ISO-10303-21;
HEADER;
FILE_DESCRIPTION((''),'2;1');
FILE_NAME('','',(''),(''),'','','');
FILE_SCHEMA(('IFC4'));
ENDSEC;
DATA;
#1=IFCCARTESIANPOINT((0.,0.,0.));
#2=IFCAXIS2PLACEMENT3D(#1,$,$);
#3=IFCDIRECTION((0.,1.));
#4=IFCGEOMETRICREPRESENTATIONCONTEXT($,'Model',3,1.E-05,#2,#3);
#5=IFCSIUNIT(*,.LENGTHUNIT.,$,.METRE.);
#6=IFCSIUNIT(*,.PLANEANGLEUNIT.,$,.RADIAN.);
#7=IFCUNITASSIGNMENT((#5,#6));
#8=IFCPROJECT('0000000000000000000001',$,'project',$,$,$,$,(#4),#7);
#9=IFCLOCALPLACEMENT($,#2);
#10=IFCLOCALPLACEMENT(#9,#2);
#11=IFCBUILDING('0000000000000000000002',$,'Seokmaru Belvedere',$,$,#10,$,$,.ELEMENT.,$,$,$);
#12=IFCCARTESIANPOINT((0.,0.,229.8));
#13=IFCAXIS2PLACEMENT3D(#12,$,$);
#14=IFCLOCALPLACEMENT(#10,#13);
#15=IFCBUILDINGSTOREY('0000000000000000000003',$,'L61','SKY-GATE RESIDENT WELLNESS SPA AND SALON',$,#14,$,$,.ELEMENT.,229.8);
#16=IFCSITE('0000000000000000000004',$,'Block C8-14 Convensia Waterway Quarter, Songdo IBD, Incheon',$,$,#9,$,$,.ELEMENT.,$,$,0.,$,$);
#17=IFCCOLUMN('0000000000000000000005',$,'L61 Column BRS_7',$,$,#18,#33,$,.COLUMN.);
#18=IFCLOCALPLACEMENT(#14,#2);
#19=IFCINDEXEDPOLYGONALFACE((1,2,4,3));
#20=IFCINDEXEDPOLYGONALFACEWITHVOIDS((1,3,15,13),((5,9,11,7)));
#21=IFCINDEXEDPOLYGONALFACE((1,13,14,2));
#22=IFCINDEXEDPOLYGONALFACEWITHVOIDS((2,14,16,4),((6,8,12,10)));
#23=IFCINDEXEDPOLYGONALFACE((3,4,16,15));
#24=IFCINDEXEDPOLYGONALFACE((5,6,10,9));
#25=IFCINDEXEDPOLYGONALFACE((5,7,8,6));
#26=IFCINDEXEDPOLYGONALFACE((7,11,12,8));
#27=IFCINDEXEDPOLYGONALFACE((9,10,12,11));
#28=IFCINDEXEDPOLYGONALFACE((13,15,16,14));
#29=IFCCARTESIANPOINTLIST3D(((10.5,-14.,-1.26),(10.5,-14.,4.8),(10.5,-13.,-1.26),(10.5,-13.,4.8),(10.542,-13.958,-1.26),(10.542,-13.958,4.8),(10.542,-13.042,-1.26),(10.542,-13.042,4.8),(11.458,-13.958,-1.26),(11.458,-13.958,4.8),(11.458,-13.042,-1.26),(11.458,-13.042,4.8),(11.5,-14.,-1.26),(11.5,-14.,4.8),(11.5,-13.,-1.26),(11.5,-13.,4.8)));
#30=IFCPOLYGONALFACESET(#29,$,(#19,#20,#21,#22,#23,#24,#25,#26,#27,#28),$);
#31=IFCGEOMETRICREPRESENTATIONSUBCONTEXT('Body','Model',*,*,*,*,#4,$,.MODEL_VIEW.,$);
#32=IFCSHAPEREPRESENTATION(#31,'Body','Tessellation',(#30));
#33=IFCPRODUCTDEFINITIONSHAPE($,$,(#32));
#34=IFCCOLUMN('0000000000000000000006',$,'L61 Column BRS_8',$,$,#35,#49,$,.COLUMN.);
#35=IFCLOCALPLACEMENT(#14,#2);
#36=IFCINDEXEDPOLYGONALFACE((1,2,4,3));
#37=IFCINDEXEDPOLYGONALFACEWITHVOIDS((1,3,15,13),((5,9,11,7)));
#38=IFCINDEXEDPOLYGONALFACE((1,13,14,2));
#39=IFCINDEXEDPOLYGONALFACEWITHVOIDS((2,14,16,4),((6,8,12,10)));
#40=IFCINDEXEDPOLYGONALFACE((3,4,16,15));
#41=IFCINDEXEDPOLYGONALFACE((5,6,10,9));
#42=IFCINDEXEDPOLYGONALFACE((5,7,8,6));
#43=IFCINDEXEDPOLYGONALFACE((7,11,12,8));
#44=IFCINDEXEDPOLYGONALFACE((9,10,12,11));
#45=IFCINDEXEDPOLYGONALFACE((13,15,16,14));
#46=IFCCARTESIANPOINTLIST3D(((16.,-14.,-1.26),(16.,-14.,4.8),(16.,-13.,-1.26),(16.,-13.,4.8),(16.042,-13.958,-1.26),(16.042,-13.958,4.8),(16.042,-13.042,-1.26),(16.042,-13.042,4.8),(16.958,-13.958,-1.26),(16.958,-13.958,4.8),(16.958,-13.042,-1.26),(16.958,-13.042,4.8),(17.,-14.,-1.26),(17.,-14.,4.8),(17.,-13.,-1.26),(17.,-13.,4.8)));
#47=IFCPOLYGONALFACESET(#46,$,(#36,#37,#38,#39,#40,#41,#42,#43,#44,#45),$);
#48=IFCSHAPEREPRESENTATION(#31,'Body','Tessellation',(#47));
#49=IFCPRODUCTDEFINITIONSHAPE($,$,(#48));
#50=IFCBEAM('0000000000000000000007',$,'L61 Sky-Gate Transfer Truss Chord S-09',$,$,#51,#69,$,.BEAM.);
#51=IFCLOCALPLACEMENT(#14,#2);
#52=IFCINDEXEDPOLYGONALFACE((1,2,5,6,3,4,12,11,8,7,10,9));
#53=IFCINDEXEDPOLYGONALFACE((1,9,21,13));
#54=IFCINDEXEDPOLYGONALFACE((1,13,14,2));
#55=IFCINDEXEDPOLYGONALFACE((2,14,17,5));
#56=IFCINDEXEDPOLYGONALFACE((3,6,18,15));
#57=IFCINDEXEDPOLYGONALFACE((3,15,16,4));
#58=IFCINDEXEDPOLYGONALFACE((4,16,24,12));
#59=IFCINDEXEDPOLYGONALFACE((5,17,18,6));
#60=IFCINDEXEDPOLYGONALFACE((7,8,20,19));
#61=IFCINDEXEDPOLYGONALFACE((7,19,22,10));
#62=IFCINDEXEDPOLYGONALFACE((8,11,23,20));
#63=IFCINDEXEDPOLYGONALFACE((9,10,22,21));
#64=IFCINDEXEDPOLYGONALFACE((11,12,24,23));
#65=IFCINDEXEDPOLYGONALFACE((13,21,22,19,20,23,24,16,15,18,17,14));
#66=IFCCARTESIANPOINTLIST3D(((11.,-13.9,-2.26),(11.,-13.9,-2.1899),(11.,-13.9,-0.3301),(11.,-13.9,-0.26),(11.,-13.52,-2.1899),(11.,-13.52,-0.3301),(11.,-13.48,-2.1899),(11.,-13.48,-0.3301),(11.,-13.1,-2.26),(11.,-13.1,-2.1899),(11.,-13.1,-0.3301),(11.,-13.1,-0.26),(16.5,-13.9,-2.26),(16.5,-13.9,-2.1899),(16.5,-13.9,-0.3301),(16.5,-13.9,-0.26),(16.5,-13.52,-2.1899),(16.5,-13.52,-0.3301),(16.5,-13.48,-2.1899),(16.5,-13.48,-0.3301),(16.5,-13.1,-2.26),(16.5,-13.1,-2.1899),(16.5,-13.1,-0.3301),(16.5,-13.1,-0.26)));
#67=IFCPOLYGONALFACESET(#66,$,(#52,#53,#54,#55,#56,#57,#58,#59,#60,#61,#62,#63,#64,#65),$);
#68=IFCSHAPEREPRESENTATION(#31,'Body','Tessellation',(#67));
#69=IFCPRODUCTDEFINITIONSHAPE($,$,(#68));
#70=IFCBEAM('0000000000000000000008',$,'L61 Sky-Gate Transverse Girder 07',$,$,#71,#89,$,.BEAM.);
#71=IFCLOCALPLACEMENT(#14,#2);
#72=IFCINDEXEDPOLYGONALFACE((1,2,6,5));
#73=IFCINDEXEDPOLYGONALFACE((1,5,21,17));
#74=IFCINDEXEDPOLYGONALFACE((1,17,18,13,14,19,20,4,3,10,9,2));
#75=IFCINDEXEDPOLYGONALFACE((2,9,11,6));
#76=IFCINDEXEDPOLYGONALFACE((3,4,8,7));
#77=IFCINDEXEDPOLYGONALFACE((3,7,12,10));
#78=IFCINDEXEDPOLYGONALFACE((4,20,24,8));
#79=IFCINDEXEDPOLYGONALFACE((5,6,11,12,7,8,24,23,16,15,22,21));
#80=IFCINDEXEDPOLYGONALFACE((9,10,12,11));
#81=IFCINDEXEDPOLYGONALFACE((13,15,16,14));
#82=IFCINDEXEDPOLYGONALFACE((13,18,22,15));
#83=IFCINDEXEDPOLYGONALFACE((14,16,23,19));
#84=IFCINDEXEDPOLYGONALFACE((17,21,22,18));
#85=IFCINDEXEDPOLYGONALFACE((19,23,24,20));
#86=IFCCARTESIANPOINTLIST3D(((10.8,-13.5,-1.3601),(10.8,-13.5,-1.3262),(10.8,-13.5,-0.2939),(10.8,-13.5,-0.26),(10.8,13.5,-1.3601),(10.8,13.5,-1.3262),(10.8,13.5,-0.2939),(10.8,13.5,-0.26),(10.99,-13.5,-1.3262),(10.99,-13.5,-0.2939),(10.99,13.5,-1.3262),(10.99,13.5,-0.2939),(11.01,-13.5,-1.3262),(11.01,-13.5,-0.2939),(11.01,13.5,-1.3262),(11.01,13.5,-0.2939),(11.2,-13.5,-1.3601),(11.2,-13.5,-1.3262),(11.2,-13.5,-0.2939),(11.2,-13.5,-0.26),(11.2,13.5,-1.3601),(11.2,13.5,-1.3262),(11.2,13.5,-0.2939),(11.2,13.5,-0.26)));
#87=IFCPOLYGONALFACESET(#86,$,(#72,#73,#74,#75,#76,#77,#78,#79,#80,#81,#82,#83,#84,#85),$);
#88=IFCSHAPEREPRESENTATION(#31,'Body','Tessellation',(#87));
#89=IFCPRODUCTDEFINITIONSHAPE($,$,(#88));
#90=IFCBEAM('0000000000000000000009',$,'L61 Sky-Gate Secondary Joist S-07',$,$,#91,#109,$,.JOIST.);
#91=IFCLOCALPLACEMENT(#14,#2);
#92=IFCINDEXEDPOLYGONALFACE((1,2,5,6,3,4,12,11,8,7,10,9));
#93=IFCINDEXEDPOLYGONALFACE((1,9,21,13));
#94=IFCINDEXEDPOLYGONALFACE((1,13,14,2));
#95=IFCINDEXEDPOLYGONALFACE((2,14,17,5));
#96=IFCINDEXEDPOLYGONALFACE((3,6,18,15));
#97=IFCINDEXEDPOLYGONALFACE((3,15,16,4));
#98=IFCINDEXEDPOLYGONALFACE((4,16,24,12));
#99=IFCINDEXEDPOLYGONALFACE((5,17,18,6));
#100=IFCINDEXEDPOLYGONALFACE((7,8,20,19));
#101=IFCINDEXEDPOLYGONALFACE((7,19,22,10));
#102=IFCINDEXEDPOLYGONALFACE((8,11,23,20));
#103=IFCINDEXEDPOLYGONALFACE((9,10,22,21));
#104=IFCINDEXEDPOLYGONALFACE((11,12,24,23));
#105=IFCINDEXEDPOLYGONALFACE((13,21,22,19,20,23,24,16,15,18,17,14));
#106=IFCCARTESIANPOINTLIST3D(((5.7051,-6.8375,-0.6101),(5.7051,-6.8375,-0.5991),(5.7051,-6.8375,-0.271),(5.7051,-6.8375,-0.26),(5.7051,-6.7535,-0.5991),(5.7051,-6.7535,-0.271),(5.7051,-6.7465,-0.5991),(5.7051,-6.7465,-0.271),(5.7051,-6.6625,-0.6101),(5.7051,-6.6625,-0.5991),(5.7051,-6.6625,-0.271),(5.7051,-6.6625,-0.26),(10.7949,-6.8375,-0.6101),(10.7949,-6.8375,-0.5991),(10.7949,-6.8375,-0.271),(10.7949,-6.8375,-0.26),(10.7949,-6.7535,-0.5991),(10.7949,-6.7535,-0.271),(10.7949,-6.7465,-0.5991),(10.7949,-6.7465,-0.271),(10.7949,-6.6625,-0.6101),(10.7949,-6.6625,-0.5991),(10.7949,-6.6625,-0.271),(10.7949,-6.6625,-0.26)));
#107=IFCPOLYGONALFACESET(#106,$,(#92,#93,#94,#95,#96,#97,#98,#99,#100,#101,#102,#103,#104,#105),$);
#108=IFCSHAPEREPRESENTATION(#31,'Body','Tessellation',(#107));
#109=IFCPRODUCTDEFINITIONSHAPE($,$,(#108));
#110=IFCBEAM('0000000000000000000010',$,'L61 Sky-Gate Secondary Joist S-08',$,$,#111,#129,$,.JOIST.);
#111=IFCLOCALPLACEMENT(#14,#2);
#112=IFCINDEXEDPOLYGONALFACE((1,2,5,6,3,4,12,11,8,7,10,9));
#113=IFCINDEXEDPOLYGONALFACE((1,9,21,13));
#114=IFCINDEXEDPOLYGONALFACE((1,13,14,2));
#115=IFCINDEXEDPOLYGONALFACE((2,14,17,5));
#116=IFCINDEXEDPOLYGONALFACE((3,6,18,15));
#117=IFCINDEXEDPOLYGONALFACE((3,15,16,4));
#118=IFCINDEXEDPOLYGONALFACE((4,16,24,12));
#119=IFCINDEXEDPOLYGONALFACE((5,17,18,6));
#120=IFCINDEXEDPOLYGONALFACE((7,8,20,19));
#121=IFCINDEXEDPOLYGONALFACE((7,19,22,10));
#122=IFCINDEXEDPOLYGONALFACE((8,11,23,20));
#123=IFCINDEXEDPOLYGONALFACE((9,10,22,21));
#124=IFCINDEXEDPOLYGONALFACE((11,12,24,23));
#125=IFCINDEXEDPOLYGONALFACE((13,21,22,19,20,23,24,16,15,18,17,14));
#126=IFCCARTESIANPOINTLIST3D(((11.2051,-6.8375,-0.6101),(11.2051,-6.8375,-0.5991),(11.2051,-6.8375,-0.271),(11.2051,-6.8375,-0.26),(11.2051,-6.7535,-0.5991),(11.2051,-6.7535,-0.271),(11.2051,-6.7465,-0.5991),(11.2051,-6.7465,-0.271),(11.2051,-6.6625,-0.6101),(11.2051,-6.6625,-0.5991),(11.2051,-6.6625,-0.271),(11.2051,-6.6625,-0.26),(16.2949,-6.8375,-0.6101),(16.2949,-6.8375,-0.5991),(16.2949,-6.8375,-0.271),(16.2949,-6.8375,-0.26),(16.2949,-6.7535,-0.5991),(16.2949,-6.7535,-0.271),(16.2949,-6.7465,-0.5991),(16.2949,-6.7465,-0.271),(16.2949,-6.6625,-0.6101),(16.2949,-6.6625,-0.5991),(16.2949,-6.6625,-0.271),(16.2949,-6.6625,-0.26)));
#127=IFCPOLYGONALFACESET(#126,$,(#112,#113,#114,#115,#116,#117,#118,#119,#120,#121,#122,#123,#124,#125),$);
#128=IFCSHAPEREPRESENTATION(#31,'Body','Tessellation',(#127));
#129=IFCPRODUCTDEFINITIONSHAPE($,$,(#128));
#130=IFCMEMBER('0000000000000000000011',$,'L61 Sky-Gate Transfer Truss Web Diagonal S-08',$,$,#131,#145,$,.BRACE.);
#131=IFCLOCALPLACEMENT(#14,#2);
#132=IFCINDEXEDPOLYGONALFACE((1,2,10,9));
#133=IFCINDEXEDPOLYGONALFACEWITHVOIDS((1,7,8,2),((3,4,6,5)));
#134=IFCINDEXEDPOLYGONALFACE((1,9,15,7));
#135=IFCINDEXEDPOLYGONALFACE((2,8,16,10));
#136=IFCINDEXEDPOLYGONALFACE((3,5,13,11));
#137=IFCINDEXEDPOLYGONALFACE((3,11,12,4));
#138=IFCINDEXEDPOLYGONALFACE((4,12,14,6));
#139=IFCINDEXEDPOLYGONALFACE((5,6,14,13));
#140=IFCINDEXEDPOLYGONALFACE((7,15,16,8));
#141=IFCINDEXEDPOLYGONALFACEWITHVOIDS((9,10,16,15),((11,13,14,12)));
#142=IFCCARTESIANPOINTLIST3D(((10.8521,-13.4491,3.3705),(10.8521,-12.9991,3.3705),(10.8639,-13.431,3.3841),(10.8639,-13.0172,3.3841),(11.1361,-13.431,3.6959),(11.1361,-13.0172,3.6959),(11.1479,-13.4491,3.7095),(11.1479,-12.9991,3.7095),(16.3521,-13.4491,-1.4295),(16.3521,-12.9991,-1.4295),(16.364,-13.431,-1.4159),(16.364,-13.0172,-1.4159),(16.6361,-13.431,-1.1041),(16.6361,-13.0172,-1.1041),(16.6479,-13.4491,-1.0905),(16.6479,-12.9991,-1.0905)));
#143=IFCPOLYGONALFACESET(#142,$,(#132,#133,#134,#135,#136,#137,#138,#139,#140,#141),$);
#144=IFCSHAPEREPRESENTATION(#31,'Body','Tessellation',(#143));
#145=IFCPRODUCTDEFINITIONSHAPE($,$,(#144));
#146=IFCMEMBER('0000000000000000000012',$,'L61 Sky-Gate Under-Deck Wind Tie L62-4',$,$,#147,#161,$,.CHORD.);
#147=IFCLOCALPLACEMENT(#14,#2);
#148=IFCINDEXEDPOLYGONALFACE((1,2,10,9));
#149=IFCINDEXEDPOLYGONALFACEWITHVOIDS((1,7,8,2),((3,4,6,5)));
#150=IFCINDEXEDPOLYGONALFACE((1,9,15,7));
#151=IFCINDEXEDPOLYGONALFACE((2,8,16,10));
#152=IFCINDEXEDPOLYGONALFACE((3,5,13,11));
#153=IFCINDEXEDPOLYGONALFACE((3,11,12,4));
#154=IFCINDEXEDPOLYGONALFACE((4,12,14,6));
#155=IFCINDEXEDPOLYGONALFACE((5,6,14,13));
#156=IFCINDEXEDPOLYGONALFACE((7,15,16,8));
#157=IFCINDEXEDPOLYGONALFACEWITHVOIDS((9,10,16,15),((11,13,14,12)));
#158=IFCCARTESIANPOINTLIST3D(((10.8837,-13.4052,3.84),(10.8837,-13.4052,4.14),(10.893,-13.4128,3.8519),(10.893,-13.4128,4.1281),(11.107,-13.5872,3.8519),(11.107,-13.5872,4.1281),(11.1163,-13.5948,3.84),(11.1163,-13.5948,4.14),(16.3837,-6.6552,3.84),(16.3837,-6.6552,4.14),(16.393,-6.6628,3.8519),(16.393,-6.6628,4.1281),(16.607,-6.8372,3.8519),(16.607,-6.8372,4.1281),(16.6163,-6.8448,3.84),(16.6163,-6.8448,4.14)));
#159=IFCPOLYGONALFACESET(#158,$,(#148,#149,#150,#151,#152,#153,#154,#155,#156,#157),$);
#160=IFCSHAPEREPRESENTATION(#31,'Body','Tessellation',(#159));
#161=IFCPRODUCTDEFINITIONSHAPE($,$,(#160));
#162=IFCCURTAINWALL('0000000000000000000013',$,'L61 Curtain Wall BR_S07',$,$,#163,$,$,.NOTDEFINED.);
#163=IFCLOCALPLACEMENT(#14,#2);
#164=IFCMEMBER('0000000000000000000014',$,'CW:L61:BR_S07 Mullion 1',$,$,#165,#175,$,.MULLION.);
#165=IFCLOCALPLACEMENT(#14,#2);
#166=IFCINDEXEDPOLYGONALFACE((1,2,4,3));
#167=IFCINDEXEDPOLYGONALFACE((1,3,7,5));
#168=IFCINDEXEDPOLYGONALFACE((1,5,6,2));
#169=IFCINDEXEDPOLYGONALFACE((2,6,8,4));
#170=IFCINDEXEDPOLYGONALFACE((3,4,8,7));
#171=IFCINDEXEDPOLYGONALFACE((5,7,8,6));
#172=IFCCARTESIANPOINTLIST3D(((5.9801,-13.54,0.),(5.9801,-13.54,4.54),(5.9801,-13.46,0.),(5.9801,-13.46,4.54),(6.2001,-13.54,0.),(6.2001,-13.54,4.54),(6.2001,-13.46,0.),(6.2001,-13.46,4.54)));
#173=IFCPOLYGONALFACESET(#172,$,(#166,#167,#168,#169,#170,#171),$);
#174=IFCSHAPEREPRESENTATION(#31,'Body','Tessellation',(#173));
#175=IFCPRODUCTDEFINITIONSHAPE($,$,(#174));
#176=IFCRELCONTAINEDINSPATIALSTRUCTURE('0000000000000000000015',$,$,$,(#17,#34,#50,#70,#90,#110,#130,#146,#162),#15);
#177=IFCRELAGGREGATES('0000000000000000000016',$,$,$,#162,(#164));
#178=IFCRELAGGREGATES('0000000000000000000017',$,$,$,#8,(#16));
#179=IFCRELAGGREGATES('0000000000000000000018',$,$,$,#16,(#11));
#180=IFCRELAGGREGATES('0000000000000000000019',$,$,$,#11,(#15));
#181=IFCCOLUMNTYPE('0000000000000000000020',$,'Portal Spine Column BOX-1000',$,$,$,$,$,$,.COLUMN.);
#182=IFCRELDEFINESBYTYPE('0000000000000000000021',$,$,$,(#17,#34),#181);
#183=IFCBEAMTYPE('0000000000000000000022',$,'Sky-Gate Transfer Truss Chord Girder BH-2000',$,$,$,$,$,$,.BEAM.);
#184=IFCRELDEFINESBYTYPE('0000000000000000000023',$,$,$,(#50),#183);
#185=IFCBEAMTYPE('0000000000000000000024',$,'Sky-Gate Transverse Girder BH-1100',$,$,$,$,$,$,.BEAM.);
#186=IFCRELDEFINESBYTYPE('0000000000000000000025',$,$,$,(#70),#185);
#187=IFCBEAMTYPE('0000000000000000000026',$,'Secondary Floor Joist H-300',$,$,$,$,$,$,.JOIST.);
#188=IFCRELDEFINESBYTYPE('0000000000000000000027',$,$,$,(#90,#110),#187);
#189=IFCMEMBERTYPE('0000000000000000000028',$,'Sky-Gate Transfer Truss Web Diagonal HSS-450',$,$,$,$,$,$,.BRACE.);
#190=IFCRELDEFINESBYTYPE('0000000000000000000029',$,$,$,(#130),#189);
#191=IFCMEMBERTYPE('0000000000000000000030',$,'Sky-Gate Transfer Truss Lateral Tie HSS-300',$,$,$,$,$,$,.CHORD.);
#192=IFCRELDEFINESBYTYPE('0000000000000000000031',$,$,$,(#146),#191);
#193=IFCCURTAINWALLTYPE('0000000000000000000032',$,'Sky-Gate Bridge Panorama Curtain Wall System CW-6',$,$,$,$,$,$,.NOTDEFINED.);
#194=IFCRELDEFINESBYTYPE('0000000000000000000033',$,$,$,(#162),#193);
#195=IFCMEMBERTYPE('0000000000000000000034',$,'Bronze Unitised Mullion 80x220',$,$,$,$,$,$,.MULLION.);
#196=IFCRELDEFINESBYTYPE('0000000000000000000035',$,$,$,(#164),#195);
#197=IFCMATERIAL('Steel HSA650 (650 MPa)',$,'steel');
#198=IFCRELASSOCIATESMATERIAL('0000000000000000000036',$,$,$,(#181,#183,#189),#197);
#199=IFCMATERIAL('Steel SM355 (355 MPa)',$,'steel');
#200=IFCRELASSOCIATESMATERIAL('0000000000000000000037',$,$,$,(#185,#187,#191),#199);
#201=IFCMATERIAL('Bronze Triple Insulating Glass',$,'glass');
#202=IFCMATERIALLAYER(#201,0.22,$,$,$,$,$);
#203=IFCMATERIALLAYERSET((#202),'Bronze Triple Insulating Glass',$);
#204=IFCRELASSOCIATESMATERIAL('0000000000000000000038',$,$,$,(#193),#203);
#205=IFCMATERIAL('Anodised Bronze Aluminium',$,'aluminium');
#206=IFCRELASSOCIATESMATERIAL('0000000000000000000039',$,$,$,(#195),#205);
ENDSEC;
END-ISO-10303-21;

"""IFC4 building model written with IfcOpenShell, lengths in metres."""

from ifc_helpers import new_model, si_unit, direction, frame, origin, origin_2d, place, context, subcontext, project, spatial, rectangle, hollow_rectangle, i_section, extrude, source, transform, mapped, material, layer, layer_set, material_profile, profile_set, type_object, type_shapes, element, aggregate, save


model = new_model("IFC4")

# Units and contexts
model_context = context("Model", 3, precision=1e-05, world=origin(), true_north=direction((0.0, 1.0)))
body_context = subcontext(model_context, "Body", "Model", "MODEL_VIEW")
ifc_project = project(units=[si_unit("LENGTHUNIT", "METRE"), si_unit("PLANEANGLEUNIT", "RADIAN")], contexts=[model_context])

# Site, building, storey
site_placement = place(None, origin())
site = spatial("IfcSite", under=ifc_project, at=site_placement, Name="Block C8-14 Convensia Waterway Quarter, Songdo IBD, Incheon", CompositionType="ELEMENT", RefElevation=0.0)
building_placement = place(site_placement, origin())
building = spatial("IfcBuilding", under=site, at=building_placement, Name="Seokmaru Belvedere", CompositionType="ELEMENT")
storey_placement = place(building_placement, frame((0.0, 0.0, 229.8)))
storey = spatial("IfcBuildingStorey", under=building, at=storey_placement, Name="L61", Description="SKY-GATE RESIDENT WELLNESS SPA AND SALON", CompositionType="ELEMENT", Elevation=229.8)

# Columns
ifc_material_1 = material(Name="Steel HSA650 (650 MPa)", Category="steel")
ifc_material_profile_1 = material_profile(ifc_material_1, hollow_rectangle(XDim=1.0, YDim=1.0, WallThickness=0.042, at=origin_2d()), Name="BOX-1000x1000x42")
ifc_profile_set_1 = profile_set([ifc_material_profile_1], Name="Steel HSA650 (650 MPa)")
column_type = type_object("IfcColumnType", Name="Portal Spine Column BOX-1000", PredefinedType="COLUMN", material=ifc_profile_set_1)
shared_shape_1 = source(origin(), body_context, "Body", "SweptSolid", [
    extrude(hollow_rectangle(XDim=1.0, YDim=1.0, WallThickness=0.042, at=origin_2d()), origin(), (0.0, 0.0, 1.0), 6.0601),
])
type_shapes(column_type, [shared_shape_1])
for number, where, z_axis, x_axis, name in (
    (1, (11.0, -13.5, -1.26), (0.0, 0.0, 1.0), (1.0, 0.0, 0.0), "L61 Column BRS_7"),
    (2, (16.5, -13.5, -1.26), (0.0, 0.0, 1.0), (1.0, 0.0, 0.0), "L61 Column BRS_8"),
):
    element("IfcColumn", number, at=place(storey_placement, frame(where, z_axis=z_axis, x_axis=x_axis)), inside=storey, type_object=column_type, Name=name, PredefinedType="COLUMN", context=body_context, shape_type="MappedRepresentation", body=[
        mapped(shared_shape_1, transform((0.0, 0.0, 0.0), scale=1.0)),
    ])

# Beams
ifc_material_profile_2 = material_profile(ifc_material_1, i_section(OverallWidth=0.8, OverallDepth=2.0, WebThickness=0.04, FlangeThickness=0.0701, at=origin_2d()), Name="BH-2000x800x40x70")
ifc_profile_set_2 = profile_set([ifc_material_profile_2], Name="Steel HSA650 (650 MPa)")
beam_type_1 = type_object("IfcBeamType", Name="Sky-Gate Transfer Truss Chord Girder BH-2000", PredefinedType="BEAM", material=ifc_profile_set_2)
shared_shape_2 = source(origin(), body_context, "Body", "SweptSolid", [
    extrude(i_section(OverallWidth=0.8, OverallDepth=2.0, WebThickness=0.04, FlangeThickness=0.0701, at=origin_2d()), origin(), (0.0, 0.0, 1.0), 5.5),
])
type_shapes(beam_type_1, [shared_shape_2])
beam_1_placement = place(storey_placement, frame((11.0, -13.5, -1.26), z_axis=(1.0, 0.0, 0.0), x_axis=(0.0, 1.0, 0.0)))
element("IfcBeam", 3, at=beam_1_placement, inside=storey, type_object=beam_type_1, Name="L61 Sky-Gate Transfer Truss Chord S-09", PredefinedType="BEAM", context=body_context, shape_type="MappedRepresentation", body=[
    mapped(shared_shape_2, transform((0.0, 0.0, 0.0), scale=1.0)),
])
ifc_material_2 = material(Name="Steel SM355 (355 MPa)", Category="steel")
ifc_material_profile_3 = material_profile(ifc_material_2, i_section(OverallWidth=0.3999, OverallDepth=1.1001, WebThickness=0.02, FlangeThickness=0.0339, at=origin_2d()), Name="BH-1100x400x20x34")
ifc_profile_set_3 = profile_set([ifc_material_profile_3], Name="Steel SM355 (355 MPa)")
beam_type_2 = type_object("IfcBeamType", Name="Sky-Gate Transverse Girder BH-1100", PredefinedType="BEAM", material=ifc_profile_set_3)
shared_shape_3 = source(origin(), body_context, "Body", "SweptSolid", [
    extrude(i_section(OverallWidth=0.3999, OverallDepth=1.1001, WebThickness=0.02, FlangeThickness=0.0339, at=origin_2d()), origin(), (0.0, 0.0, 1.0), 27.0),
])
type_shapes(beam_type_2, [shared_shape_3])
beam_2_placement = place(storey_placement, frame((11.0, -13.5, -0.8101), z_axis=(0.0, 1.0, 0.0), x_axis=(-1.0, 0.0, 0.0)))
element("IfcBeam", 4, at=beam_2_placement, inside=storey, type_object=beam_type_2, Name="L61 Sky-Gate Transverse Girder 07", PredefinedType="BEAM", context=body_context, shape_type="MappedRepresentation", body=[
    mapped(shared_shape_3, transform((0.0, 0.0, 0.0), scale=1.0)),
])
ifc_material_profile_4 = material_profile(ifc_material_2, i_section(OverallWidth=0.175, OverallDepth=0.3501, WebThickness=0.0071, FlangeThickness=0.011, at=origin_2d()), Name="H-350x175x7x11")
ifc_profile_set_4 = profile_set([ifc_material_profile_4], Name="Steel SM355 (355 MPa)")
beam_type_3 = type_object("IfcBeamType", Name="Secondary Floor Joist H-300", PredefinedType="JOIST", material=ifc_profile_set_4)
shared_shape_4 = source(origin(), body_context, "Body", "SweptSolid", [
    extrude(i_section(OverallWidth=0.175, OverallDepth=0.3501, WebThickness=0.0071, FlangeThickness=0.011, at=origin_2d()), origin(), (0.0, 0.0, 1.0), 5.0898),
])
type_shapes(beam_type_3, [shared_shape_4])
for number, where, z_axis, x_axis, name in (
    (5, (5.7051, -6.75, -0.4351), (1.0, 0.0, 0.0), (0.0, 1.0, 0.0), "L61 Sky-Gate Secondary Joist S-07"),
    (6, (11.2051, -6.75, -0.4351), (1.0, 0.0, 0.0), (0.0, 1.0, 0.0), "L61 Sky-Gate Secondary Joist S-08"),
):
    element("IfcBeam", number, at=place(storey_placement, frame(where, z_axis=z_axis, x_axis=x_axis)), inside=storey, type_object=beam_type_3, Name=name, PredefinedType="JOIST", context=body_context, shape_type="MappedRepresentation", body=[
        mapped(shared_shape_4, transform((0.0, 0.0, 0.0), scale=1.0)),
    ])

# Members
ifc_material_profile_5 = material_profile(ifc_material_1, hollow_rectangle(XDim=0.45, YDim=0.45, WallThickness=0.0181, at=origin_2d()), Name="HSS-450x450x18")
ifc_profile_set_5 = profile_set([ifc_material_profile_5], Name="Steel HSA650 (650 MPa)")
member_type_1 = type_object("IfcMemberType", Name="Sky-Gate Transfer Truss Web Diagonal HSS-450", PredefinedType="BRACE", material=ifc_profile_set_5)
shared_shape_5 = source(origin(), body_context, "Body", "SweptSolid", [
    extrude(hollow_rectangle(XDim=0.45, YDim=0.45, WallThickness=0.0181, at=origin_2d()), origin(), (0.0, 0.0, 1.0), 7.3),
])
type_shapes(member_type_1, [shared_shape_5])
member_1_placement = place(storey_placement, frame((11.0, -13.2241, 3.54), z_axis=(0.753421, 0.0, -0.657538), x_axis=(0.0, 1.0, 0.0)))
element("IfcMember", 7, at=member_1_placement, inside=storey, type_object=member_type_1, Name="L61 Sky-Gate Transfer Truss Web Diagonal S-08", PredefinedType="BRACE", context=body_context, shape_type="MappedRepresentation", body=[
    mapped(shared_shape_5, transform((0.0, 0.0, 0.0), scale=1.0)),
])
ifc_material_profile_6 = material_profile(ifc_material_2, hollow_rectangle(XDim=0.3, YDim=0.3, WallThickness=0.012, at=origin_2d()), Name="HSS-300x300x12")
ifc_profile_set_6 = profile_set([ifc_material_profile_6], Name="Steel SM355 (355 MPa)")
member_type_2 = type_object("IfcMemberType", Name="Sky-Gate Transfer Truss Lateral Tie HSS-300", PredefinedType="CHORD", material=ifc_profile_set_6)
shared_shape_6 = source(origin(), body_context, "Body", "SweptSolid", [
    extrude(hollow_rectangle(XDim=0.3, YDim=0.3, WallThickness=0.012, at=origin_2d()), origin(), (0.0, 0.0, 1.0), 8.707),
])
type_shapes(member_type_2, [shared_shape_6])
member_2_placement = place(storey_placement, frame((11.0, -13.5, 3.99), z_axis=(0.631673, 0.775235, 0.0), x_axis=(-0.775235, 0.631673, 0.0)))
element("IfcMember", 8, at=member_2_placement, inside=storey, type_object=member_type_2, Name="L61 Sky-Gate Under-Deck Wind Tie L62-4", PredefinedType="CHORD", context=body_context, shape_type="MappedRepresentation", body=[
    mapped(shared_shape_6, transform((0.0, 0.0, 0.0), scale=1.0)),
])

# Curtain wall, member
ifc_material_3 = material(Name="Bronze Triple Insulating Glass", Category="glass")
ifc_layer_1 = layer(ifc_material_3, 0.22)
ifc_layer_set_1 = layer_set([ifc_layer_1], Name="Bronze Triple Insulating Glass")
curtain_wall_type = type_object("IfcCurtainWallType", Name="Sky-Gate Bridge Panorama Curtain Wall System CW-6", PredefinedType="NOTDEFINED", material=ifc_layer_set_1)
curtain_wall_1_placement = place(storey_placement, origin())
curtain_wall_1 = element("IfcCurtainWall", 9, at=curtain_wall_1_placement, inside=storey, type_object=curtain_wall_type, Name="L61 Curtain Wall BR_S07", PredefinedType="NOTDEFINED")
ifc_material_4 = material(Name="Anodised Bronze Aluminium", Category="aluminium")
ifc_material_profile_7 = material_profile(ifc_material_4, rectangle(XDim=0.0801, YDim=0.22, at=origin_2d()), Name="CW-M-80x220")
ifc_profile_set_7 = profile_set([ifc_material_profile_7], Name="Anodised Bronze Aluminium")
member_type_3 = type_object("IfcMemberType", Name="Bronze Unitised Mullion 80x220", PredefinedType="MULLION", material=ifc_profile_set_7)
shared_shape_7 = source(origin(), body_context, "Body", "SweptSolid", [
    extrude(rectangle(XDim=0.0801, YDim=0.22, at=origin_2d()), origin(), (0.0, 0.0, 1.0), 4.54),
])
type_shapes(member_type_3, [shared_shape_7])
member_3_placement = place(storey_placement, frame((6.0901, -13.5, 0.0), z_axis=(0.0, 0.0, 1.0), x_axis=(0.0, 1.0, 0.0)))
member_3 = element("IfcMember", 10, at=member_3_placement, type_object=member_type_3, Name="CW:L61:BR_S07 Mullion 1", PredefinedType="MULLION", context=body_context, shape_type="MappedRepresentation", body=[
    mapped(shared_shape_7, transform((0.0, 0.0, 0.0), scale=1.0)),
])

aggregate(curtain_wall_1, [member_3])

save(model, "model.ifc")
